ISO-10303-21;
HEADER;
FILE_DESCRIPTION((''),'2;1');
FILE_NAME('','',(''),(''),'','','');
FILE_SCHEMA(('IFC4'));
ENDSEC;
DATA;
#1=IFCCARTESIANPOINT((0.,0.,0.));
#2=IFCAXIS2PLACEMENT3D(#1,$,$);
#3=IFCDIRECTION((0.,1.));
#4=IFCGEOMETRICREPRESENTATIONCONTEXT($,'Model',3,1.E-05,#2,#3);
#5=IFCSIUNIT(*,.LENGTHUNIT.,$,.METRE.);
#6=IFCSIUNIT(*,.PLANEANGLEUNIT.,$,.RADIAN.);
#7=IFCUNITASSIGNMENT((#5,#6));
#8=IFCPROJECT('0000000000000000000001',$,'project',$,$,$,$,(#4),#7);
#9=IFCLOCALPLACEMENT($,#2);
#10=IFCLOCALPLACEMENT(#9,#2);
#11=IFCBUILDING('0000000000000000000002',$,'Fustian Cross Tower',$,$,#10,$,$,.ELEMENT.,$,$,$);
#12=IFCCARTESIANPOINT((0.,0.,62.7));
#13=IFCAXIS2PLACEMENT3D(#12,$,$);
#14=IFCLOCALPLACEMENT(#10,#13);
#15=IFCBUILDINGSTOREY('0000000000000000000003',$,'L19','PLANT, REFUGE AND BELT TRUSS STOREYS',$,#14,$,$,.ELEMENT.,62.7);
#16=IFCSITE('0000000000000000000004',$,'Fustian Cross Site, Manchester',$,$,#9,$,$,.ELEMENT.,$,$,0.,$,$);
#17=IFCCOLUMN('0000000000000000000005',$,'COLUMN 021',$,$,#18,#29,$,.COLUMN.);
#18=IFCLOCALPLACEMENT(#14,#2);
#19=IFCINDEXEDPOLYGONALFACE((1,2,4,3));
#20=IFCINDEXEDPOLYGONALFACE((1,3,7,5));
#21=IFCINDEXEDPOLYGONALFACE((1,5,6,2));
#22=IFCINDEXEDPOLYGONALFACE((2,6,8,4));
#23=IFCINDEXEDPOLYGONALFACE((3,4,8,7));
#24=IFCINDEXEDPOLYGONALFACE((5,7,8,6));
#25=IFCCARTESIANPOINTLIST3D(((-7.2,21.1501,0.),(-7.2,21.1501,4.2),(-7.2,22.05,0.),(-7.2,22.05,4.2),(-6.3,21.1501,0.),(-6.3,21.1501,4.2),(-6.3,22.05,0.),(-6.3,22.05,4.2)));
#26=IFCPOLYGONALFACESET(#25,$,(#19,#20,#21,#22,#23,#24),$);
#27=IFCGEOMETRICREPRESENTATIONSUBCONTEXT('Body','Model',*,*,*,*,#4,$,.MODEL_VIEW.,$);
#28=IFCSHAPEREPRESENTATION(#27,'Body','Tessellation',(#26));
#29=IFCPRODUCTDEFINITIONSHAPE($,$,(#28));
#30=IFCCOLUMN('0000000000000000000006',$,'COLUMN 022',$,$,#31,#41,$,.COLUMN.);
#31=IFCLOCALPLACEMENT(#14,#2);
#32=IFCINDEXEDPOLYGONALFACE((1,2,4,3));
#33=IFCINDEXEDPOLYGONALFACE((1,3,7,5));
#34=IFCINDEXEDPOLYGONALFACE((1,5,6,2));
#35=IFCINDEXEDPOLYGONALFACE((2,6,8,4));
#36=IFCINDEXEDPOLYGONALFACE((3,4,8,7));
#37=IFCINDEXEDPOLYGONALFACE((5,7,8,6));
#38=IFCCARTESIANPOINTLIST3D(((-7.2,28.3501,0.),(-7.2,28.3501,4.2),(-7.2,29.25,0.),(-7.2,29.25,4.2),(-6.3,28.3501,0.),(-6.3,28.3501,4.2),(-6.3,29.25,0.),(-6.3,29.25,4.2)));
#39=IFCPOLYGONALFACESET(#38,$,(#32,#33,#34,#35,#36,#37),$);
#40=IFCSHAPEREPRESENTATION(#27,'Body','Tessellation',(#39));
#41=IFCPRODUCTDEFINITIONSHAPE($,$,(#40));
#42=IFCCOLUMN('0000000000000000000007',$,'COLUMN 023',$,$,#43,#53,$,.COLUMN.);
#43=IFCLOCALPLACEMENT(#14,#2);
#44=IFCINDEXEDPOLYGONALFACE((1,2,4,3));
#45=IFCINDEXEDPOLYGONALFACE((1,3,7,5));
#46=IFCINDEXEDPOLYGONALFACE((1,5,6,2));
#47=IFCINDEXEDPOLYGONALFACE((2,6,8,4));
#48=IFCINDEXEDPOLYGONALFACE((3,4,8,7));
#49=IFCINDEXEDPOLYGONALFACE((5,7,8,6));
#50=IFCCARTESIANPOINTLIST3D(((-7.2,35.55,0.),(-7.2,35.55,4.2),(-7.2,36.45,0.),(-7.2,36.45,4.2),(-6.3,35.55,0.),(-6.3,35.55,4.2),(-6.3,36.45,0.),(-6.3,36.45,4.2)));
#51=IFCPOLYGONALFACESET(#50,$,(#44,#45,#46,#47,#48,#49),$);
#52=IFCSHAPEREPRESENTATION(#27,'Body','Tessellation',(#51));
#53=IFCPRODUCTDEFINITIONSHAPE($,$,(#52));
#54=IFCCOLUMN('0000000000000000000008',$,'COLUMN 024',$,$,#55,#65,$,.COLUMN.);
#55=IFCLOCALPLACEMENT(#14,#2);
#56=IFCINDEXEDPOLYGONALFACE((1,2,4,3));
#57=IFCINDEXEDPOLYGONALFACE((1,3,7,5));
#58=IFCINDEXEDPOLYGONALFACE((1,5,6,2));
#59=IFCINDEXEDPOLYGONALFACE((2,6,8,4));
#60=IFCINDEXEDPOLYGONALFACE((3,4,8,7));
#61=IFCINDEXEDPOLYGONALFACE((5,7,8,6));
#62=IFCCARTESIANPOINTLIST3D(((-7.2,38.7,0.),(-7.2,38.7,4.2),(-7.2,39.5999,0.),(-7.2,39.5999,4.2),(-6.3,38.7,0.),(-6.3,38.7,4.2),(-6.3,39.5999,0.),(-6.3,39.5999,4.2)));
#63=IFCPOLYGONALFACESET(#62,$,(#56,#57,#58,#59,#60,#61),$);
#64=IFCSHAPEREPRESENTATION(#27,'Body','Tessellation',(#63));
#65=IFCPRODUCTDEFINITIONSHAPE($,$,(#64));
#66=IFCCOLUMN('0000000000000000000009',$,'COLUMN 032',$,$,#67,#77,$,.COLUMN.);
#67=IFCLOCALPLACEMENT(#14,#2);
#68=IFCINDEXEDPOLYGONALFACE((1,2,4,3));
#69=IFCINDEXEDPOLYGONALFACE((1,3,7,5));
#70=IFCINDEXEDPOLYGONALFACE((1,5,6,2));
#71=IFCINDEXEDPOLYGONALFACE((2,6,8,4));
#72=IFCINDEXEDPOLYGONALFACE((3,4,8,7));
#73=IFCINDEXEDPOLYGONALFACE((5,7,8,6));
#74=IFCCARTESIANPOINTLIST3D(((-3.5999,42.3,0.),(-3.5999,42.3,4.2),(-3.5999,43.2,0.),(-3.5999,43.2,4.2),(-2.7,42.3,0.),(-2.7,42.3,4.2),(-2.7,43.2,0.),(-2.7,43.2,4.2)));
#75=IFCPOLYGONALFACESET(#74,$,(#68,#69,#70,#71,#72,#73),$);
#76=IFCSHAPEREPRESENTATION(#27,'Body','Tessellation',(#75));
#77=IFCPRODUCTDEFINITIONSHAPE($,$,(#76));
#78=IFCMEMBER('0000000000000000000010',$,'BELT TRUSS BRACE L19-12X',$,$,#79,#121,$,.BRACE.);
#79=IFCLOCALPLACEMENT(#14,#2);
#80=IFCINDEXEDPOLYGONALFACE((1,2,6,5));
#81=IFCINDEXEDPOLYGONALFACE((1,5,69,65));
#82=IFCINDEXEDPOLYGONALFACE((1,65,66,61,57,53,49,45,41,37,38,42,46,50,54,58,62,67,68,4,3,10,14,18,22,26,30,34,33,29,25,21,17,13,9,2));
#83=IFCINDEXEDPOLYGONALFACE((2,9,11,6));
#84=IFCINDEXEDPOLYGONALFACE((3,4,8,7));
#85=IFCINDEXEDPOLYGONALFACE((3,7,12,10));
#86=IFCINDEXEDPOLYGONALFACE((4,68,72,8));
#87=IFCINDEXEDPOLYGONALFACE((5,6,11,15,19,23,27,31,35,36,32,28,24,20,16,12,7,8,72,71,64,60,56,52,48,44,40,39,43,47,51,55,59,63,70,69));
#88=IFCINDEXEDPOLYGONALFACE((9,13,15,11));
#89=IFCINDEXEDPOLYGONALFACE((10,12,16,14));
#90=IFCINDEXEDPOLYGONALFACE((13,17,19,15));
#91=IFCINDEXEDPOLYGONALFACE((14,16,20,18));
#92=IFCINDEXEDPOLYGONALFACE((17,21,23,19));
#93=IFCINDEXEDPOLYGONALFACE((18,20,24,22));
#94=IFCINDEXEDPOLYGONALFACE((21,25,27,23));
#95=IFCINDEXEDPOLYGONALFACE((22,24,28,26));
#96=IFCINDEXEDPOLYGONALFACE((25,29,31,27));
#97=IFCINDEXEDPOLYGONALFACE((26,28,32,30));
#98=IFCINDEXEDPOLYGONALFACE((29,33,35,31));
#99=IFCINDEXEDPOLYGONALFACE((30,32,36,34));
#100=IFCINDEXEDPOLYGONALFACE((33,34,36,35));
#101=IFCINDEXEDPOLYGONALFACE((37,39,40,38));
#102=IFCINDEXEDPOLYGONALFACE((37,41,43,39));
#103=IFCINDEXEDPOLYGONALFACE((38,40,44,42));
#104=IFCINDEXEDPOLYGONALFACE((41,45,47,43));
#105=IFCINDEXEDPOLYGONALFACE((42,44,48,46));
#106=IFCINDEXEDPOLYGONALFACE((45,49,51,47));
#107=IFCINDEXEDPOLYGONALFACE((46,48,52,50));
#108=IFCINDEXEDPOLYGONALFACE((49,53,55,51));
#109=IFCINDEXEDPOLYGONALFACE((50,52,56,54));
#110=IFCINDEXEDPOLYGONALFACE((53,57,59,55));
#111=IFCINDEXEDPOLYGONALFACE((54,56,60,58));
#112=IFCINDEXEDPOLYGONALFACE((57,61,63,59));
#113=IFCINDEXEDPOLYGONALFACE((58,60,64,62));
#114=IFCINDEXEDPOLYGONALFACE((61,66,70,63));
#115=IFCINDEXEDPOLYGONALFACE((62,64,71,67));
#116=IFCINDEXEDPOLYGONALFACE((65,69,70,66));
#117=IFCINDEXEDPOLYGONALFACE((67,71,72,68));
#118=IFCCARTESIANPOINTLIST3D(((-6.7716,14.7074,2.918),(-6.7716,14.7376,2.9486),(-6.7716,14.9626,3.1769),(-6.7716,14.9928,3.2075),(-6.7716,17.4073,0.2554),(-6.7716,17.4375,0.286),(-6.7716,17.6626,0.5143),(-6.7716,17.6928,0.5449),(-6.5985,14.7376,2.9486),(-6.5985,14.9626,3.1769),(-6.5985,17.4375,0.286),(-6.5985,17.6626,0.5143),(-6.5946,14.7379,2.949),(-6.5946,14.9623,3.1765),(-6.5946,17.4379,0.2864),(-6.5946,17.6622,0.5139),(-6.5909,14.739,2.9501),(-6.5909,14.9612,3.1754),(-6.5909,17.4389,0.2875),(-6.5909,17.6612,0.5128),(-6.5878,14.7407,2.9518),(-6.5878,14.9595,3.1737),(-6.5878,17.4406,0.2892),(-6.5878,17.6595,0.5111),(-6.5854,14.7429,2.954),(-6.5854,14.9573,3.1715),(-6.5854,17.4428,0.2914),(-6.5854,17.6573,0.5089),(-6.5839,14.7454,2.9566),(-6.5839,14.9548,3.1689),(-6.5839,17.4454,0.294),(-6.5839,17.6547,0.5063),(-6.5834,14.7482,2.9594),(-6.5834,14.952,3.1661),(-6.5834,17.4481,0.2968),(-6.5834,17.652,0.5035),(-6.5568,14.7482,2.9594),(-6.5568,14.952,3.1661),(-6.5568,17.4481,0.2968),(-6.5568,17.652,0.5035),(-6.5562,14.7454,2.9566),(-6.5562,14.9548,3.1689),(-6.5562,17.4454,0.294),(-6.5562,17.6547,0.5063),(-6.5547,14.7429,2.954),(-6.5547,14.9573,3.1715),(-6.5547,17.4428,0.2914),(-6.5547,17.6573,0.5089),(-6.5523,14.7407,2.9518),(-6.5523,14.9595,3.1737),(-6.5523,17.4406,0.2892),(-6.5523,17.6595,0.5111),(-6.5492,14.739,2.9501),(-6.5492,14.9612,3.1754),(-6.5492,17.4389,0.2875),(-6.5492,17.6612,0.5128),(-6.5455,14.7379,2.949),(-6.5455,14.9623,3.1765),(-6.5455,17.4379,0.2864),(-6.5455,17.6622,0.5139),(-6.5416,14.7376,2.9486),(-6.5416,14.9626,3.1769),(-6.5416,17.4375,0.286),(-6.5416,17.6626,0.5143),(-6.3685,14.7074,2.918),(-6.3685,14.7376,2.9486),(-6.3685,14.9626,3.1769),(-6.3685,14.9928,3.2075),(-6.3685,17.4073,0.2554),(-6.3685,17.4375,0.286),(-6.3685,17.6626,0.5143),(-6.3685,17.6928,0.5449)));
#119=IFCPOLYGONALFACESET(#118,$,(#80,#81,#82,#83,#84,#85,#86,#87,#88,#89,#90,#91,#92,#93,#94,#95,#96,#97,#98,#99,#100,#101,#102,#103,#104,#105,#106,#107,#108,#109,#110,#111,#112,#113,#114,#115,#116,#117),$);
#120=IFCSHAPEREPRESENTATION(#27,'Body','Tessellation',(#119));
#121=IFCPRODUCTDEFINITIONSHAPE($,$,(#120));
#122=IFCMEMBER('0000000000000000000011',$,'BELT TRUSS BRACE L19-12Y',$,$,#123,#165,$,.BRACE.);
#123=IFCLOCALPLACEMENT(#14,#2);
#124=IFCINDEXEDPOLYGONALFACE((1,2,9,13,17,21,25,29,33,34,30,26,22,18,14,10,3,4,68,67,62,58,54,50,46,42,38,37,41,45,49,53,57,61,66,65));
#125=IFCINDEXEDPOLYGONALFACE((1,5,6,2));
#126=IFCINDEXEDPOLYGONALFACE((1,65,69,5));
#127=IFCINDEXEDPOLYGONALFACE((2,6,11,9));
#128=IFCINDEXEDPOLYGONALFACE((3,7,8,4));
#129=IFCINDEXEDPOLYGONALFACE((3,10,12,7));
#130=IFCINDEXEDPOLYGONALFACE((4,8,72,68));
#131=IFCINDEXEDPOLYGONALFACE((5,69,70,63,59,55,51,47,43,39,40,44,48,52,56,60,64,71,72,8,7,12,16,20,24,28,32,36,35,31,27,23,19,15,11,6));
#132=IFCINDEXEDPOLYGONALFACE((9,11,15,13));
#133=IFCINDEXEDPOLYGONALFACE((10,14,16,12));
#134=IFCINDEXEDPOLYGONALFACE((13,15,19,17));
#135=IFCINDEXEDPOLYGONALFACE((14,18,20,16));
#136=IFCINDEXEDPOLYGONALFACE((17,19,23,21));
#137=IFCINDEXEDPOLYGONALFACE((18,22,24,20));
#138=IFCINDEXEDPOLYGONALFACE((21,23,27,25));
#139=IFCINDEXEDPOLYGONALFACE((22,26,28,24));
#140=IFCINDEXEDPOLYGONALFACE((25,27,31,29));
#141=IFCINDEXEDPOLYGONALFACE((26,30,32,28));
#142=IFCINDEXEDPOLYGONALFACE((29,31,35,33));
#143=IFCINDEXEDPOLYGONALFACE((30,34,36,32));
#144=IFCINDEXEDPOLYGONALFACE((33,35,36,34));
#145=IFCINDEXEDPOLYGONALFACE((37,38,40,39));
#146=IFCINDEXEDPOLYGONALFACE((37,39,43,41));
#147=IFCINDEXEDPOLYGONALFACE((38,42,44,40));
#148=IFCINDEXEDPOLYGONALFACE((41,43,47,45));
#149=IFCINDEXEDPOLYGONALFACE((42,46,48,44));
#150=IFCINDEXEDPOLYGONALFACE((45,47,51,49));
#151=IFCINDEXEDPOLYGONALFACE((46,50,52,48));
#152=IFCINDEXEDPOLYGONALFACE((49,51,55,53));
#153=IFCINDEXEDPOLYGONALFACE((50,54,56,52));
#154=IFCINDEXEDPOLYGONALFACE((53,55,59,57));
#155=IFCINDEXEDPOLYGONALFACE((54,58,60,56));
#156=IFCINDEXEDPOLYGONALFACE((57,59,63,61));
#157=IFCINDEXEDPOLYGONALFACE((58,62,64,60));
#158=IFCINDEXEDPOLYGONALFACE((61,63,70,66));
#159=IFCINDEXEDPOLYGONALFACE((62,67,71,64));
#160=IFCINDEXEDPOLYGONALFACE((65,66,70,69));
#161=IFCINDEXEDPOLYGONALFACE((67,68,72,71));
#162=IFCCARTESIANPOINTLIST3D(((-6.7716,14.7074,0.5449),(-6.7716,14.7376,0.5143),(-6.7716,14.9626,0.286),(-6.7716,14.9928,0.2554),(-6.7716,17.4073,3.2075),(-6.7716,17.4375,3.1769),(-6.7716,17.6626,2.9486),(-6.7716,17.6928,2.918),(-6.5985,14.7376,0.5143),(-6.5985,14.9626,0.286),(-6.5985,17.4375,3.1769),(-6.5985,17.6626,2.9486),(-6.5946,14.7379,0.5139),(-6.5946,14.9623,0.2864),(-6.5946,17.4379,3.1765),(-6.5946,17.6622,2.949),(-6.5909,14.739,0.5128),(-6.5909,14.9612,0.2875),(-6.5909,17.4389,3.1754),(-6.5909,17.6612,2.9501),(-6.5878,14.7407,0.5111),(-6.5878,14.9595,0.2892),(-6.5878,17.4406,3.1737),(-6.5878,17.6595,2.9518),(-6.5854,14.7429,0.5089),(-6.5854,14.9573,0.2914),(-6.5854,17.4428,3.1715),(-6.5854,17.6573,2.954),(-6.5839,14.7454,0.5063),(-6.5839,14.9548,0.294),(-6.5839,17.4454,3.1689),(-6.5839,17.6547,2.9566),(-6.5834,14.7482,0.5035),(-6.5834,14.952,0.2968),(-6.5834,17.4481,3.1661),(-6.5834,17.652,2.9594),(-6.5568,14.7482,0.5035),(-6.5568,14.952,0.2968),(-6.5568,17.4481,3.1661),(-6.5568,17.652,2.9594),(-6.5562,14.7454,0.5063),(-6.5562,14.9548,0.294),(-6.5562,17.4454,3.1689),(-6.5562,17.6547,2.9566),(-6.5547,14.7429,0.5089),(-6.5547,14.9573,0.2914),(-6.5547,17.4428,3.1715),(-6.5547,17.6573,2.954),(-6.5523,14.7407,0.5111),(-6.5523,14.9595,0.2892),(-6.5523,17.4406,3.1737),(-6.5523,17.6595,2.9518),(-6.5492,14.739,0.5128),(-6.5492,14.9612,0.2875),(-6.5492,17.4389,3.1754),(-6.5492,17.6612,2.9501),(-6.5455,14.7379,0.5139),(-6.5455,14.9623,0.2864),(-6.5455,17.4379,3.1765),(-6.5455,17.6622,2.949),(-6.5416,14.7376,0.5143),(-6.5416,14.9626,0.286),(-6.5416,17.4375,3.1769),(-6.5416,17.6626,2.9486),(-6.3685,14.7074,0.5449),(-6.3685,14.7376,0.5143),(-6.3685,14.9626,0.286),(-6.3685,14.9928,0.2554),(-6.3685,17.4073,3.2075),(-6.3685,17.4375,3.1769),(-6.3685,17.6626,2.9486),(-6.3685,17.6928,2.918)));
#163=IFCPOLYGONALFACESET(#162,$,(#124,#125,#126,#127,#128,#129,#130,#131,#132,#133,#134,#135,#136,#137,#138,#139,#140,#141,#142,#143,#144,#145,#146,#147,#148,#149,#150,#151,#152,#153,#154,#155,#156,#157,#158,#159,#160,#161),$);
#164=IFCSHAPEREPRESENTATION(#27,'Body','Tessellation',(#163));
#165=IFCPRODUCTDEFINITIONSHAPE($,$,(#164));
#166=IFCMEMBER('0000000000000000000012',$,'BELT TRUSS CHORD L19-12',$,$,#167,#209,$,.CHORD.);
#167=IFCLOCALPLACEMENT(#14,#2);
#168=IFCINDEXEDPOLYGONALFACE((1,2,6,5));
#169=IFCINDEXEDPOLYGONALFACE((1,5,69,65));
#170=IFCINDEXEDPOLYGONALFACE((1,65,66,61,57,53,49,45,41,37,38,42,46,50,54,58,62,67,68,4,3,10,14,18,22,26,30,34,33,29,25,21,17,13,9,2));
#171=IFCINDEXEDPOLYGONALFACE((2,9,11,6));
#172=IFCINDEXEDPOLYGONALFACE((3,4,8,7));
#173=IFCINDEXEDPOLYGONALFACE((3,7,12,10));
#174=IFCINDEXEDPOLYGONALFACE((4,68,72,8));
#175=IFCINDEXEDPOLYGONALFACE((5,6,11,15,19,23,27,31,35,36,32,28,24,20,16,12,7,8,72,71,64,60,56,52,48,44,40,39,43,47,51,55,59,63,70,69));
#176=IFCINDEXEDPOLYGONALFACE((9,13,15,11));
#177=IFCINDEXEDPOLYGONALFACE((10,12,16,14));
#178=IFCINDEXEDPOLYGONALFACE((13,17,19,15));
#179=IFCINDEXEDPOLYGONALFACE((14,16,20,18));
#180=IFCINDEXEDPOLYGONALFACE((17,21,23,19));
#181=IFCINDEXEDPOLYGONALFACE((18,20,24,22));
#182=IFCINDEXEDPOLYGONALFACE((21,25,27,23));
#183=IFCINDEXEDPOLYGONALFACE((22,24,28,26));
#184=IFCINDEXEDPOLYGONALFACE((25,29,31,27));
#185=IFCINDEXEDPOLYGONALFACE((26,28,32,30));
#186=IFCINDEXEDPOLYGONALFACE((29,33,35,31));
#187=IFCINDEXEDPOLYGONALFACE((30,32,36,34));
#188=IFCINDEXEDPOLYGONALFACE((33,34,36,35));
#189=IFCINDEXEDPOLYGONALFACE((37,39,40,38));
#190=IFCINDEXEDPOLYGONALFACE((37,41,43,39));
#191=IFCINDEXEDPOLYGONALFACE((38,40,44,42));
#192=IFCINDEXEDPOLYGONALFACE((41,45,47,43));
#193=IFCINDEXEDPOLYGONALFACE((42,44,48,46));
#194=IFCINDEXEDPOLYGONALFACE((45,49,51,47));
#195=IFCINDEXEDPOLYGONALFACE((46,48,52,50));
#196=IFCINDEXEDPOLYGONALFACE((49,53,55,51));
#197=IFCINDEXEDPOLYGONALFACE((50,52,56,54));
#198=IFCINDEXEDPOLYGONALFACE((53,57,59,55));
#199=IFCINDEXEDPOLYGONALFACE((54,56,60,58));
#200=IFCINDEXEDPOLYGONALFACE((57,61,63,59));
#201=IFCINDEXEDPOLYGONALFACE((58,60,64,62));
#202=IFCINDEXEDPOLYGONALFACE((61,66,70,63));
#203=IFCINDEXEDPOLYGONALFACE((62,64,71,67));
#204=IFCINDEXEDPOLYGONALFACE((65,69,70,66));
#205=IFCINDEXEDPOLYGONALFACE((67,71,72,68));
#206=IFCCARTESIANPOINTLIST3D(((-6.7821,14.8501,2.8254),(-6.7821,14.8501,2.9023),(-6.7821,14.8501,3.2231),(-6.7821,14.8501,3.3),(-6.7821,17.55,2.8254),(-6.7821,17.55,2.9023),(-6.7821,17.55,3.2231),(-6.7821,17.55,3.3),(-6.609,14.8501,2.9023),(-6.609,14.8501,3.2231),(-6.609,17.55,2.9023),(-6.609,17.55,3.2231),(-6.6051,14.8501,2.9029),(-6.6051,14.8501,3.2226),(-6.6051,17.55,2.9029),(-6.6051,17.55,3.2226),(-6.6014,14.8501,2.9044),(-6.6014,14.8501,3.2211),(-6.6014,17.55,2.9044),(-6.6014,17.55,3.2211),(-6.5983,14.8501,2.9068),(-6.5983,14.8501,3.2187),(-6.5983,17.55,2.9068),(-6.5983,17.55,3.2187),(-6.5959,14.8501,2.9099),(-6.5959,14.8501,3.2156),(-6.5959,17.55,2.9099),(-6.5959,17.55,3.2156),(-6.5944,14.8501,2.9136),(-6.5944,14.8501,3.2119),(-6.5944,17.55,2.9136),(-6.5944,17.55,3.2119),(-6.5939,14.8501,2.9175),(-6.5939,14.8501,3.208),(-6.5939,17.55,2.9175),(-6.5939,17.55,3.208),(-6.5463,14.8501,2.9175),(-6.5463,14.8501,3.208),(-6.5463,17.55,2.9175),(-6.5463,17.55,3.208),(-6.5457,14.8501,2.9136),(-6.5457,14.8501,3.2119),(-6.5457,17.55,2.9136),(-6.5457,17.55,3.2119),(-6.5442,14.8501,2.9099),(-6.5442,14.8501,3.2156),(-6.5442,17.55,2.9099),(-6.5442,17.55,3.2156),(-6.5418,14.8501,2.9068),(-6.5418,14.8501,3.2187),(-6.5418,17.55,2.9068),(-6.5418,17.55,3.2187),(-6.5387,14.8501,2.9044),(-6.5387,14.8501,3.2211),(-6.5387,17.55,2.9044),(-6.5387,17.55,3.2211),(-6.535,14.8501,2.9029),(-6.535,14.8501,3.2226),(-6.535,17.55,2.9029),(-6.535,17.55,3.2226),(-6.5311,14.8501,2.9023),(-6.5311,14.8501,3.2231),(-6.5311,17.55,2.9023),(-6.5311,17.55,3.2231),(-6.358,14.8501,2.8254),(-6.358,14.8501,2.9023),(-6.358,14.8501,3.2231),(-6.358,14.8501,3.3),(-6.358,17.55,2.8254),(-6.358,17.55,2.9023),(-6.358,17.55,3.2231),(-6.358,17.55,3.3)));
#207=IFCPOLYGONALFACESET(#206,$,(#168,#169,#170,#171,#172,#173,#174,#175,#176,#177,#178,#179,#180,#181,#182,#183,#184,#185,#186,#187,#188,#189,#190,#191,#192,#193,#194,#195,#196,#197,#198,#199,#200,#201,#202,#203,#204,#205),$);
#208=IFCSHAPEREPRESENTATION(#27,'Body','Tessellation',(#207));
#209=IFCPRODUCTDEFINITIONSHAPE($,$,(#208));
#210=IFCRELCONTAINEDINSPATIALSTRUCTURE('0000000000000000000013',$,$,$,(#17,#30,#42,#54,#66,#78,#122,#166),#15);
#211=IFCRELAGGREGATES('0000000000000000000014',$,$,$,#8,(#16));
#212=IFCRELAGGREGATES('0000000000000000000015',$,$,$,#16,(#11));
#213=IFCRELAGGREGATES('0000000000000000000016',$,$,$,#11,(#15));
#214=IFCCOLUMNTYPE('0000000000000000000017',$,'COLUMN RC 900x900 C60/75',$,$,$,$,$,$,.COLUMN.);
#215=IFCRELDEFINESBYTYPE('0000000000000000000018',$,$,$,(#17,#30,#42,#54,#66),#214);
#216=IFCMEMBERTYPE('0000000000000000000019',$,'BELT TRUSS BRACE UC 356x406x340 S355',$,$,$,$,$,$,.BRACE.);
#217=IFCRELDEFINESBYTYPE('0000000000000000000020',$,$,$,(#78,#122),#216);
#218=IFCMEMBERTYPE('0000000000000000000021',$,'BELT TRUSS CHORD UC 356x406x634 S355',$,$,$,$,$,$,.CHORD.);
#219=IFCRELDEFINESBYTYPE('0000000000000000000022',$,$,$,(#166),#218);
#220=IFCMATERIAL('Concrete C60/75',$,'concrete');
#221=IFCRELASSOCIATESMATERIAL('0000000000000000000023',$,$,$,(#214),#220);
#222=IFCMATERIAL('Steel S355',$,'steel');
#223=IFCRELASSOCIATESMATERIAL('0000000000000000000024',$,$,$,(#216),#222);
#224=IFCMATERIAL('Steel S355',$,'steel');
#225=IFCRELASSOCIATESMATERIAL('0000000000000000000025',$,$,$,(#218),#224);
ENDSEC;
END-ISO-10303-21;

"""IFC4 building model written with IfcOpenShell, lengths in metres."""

from ifc_helpers import new_model, si_unit, direction, frame, origin, origin_2d, place, context, subcontext, project, spatial, rectangle, i_section, extrude, material, material_profile, profile_set, type_object, element, save


model = new_model("IFC4")

# Units and contexts
model_context = context("Model", 3, precision=1e-05, world=origin(), true_north=direction((0.0, 1.0)))
body_context = subcontext(model_context, "Body", "Model", "MODEL_VIEW")
ifc_project = project(units=[si_unit("LENGTHUNIT", "METRE"), si_unit("PLANEANGLEUNIT", "RADIAN")], contexts=[model_context])

# Site, building, storey
site_placement = place(None, origin())
site = spatial("IfcSite", under=ifc_project, at=site_placement, Name="Fustian Cross Site, Manchester", CompositionType="ELEMENT", RefElevation=0.0)
building_placement = place(site_placement, origin())
building = spatial("IfcBuilding", under=site, at=building_placement, Name="Fustian Cross Tower", CompositionType="ELEMENT")
storey_placement = place(building_placement, frame((0.0, 0.0, 62.7)))
storey = spatial("IfcBuildingStorey", under=building, at=storey_placement, Name="L19", Description="PLANT, REFUGE AND BELT TRUSS STOREYS", CompositionType="ELEMENT", Elevation=62.7)

# Columns
ifc_material_1 = material(Name="Concrete C60/75", Category="concrete")
ifc_material_profile_1 = material_profile(ifc_material_1, rectangle(XDim=0.8999, YDim=0.8999, at=origin_2d()), Name="RC 900x900")
ifc_profile_set_1 = profile_set([ifc_material_profile_1], Name="Concrete C60/75")
column_type = type_object("IfcColumnType", Name="COLUMN RC 900x900 C60/75", PredefinedType="COLUMN", material=ifc_profile_set_1)
for number, where, z_axis, x_axis, name in (
    (1, (-6.75, 21.6001, 0.0), (0.0, 0.0, 1.0), (1.0, 0.0, 0.0), "COLUMN 021"),
    (2, (-6.75, 28.8, 0.0), (0.0, 0.0, 1.0), (1.0, 0.0, 0.0), "COLUMN 022"),
    (3, (-6.75, 36.0, 0.0), (0.0, 0.0, 1.0), (1.0, 0.0, 0.0), "COLUMN 023"),
    (4, (-6.75, 39.1499, 0.0), (0.0, 0.0, 1.0), (1.0, 0.0, 0.0), "COLUMN 024"),
    (5, (-3.1499, 42.75, 0.0), (0.0, 0.0, 1.0), (1.0, 0.0, 0.0), "COLUMN 032"),
):
    element("IfcColumn", number, at=place(storey_placement, frame(where, z_axis=z_axis, x_axis=x_axis)), inside=storey, type_object=column_type, Name=name, PredefinedType="COLUMN", context=body_context, shape_type="SweptSolid", body=[
        extrude(rectangle(XDim=0.8999, YDim=0.8999, at=origin_2d()), origin(), (0.0, 0.0, 1.0), 4.2),
    ])

# Members
ifc_material_2 = material(Name="Steel S355", Category="steel")
ifc_material_profile_2 = material_profile(ifc_material_2, i_section(OverallWidth=0.4031, OverallDepth=0.4065, WebThickness=0.0266, FlangeThickness=0.043, FilletRadius=0.0151, at=origin_2d()), Name="UC 356x406x340")
ifc_profile_set_2 = profile_set([ifc_material_profile_2], Name="Steel S355")
member_type_1 = type_object("IfcMemberType", Name="BELT TRUSS BRACE UC 356x406x340 S355", PredefinedType="BRACE", material=ifc_profile_set_2)
for number, where, z_axis, x_axis, name in (
    (6, (-6.5701, 17.55, 0.4001), (0.0, -0.712015, 0.702164), (1.0, 0.0, 0.0), "BELT TRUSS BRACE L19-12X"),
    (7, (-6.5701, 17.55, 3.0627), (0.0, -0.712015, -0.702164), (1.0, 0.0, 0.0), "BELT TRUSS BRACE L19-12Y"),
):
    element("IfcMember", number, at=place(storey_placement, frame(where, z_axis=z_axis, x_axis=x_axis)), inside=storey, type_object=member_type_1, Name=name, PredefinedType="BRACE", context=body_context, shape_type="SweptSolid", body=[
        extrude(i_section(OverallWidth=0.4031, OverallDepth=0.4065, WebThickness=0.0266, FlangeThickness=0.043, FilletRadius=0.0151, at=origin_2d()), origin(), (0.0, 0.0, 1.0), 3.792),
    ])
ifc_material_3 = material(Name="Steel S355", Category="steel")
ifc_material_profile_3 = material_profile(ifc_material_3, i_section(OverallWidth=0.4241, OverallDepth=0.4746, WebThickness=0.0476, FlangeThickness=0.0769, FilletRadius=0.0151, at=origin_2d()), Name="UC 356x406x634")
ifc_profile_set_3 = profile_set([ifc_material_profile_3], Name="Steel S355")
member_type_2 = type_object("IfcMemberType", Name="BELT TRUSS CHORD UC 356x406x634 S355", PredefinedType="CHORD", material=ifc_profile_set_3)
for number, where, z_axis, x_axis, name in (
    (8, (-6.5701, 17.55, 3.0627), (0.0, -1.0, 0.0), (1.0, 0.0, 0.0), "BELT TRUSS CHORD L19-12"),
):
    element("IfcMember", number, at=place(storey_placement, frame(where, z_axis=z_axis, x_axis=x_axis)), inside=storey, type_object=member_type_2, Name=name, PredefinedType="CHORD", context=body_context, shape_type="SweptSolid", body=[
        extrude(i_section(OverallWidth=0.4241, OverallDepth=0.4746, WebThickness=0.0476, FlangeThickness=0.0769, FilletRadius=0.0151, at=origin_2d()), origin(), (0.0, 0.0, 1.0), 2.7),
    ])

save(model, "model.ifc")
